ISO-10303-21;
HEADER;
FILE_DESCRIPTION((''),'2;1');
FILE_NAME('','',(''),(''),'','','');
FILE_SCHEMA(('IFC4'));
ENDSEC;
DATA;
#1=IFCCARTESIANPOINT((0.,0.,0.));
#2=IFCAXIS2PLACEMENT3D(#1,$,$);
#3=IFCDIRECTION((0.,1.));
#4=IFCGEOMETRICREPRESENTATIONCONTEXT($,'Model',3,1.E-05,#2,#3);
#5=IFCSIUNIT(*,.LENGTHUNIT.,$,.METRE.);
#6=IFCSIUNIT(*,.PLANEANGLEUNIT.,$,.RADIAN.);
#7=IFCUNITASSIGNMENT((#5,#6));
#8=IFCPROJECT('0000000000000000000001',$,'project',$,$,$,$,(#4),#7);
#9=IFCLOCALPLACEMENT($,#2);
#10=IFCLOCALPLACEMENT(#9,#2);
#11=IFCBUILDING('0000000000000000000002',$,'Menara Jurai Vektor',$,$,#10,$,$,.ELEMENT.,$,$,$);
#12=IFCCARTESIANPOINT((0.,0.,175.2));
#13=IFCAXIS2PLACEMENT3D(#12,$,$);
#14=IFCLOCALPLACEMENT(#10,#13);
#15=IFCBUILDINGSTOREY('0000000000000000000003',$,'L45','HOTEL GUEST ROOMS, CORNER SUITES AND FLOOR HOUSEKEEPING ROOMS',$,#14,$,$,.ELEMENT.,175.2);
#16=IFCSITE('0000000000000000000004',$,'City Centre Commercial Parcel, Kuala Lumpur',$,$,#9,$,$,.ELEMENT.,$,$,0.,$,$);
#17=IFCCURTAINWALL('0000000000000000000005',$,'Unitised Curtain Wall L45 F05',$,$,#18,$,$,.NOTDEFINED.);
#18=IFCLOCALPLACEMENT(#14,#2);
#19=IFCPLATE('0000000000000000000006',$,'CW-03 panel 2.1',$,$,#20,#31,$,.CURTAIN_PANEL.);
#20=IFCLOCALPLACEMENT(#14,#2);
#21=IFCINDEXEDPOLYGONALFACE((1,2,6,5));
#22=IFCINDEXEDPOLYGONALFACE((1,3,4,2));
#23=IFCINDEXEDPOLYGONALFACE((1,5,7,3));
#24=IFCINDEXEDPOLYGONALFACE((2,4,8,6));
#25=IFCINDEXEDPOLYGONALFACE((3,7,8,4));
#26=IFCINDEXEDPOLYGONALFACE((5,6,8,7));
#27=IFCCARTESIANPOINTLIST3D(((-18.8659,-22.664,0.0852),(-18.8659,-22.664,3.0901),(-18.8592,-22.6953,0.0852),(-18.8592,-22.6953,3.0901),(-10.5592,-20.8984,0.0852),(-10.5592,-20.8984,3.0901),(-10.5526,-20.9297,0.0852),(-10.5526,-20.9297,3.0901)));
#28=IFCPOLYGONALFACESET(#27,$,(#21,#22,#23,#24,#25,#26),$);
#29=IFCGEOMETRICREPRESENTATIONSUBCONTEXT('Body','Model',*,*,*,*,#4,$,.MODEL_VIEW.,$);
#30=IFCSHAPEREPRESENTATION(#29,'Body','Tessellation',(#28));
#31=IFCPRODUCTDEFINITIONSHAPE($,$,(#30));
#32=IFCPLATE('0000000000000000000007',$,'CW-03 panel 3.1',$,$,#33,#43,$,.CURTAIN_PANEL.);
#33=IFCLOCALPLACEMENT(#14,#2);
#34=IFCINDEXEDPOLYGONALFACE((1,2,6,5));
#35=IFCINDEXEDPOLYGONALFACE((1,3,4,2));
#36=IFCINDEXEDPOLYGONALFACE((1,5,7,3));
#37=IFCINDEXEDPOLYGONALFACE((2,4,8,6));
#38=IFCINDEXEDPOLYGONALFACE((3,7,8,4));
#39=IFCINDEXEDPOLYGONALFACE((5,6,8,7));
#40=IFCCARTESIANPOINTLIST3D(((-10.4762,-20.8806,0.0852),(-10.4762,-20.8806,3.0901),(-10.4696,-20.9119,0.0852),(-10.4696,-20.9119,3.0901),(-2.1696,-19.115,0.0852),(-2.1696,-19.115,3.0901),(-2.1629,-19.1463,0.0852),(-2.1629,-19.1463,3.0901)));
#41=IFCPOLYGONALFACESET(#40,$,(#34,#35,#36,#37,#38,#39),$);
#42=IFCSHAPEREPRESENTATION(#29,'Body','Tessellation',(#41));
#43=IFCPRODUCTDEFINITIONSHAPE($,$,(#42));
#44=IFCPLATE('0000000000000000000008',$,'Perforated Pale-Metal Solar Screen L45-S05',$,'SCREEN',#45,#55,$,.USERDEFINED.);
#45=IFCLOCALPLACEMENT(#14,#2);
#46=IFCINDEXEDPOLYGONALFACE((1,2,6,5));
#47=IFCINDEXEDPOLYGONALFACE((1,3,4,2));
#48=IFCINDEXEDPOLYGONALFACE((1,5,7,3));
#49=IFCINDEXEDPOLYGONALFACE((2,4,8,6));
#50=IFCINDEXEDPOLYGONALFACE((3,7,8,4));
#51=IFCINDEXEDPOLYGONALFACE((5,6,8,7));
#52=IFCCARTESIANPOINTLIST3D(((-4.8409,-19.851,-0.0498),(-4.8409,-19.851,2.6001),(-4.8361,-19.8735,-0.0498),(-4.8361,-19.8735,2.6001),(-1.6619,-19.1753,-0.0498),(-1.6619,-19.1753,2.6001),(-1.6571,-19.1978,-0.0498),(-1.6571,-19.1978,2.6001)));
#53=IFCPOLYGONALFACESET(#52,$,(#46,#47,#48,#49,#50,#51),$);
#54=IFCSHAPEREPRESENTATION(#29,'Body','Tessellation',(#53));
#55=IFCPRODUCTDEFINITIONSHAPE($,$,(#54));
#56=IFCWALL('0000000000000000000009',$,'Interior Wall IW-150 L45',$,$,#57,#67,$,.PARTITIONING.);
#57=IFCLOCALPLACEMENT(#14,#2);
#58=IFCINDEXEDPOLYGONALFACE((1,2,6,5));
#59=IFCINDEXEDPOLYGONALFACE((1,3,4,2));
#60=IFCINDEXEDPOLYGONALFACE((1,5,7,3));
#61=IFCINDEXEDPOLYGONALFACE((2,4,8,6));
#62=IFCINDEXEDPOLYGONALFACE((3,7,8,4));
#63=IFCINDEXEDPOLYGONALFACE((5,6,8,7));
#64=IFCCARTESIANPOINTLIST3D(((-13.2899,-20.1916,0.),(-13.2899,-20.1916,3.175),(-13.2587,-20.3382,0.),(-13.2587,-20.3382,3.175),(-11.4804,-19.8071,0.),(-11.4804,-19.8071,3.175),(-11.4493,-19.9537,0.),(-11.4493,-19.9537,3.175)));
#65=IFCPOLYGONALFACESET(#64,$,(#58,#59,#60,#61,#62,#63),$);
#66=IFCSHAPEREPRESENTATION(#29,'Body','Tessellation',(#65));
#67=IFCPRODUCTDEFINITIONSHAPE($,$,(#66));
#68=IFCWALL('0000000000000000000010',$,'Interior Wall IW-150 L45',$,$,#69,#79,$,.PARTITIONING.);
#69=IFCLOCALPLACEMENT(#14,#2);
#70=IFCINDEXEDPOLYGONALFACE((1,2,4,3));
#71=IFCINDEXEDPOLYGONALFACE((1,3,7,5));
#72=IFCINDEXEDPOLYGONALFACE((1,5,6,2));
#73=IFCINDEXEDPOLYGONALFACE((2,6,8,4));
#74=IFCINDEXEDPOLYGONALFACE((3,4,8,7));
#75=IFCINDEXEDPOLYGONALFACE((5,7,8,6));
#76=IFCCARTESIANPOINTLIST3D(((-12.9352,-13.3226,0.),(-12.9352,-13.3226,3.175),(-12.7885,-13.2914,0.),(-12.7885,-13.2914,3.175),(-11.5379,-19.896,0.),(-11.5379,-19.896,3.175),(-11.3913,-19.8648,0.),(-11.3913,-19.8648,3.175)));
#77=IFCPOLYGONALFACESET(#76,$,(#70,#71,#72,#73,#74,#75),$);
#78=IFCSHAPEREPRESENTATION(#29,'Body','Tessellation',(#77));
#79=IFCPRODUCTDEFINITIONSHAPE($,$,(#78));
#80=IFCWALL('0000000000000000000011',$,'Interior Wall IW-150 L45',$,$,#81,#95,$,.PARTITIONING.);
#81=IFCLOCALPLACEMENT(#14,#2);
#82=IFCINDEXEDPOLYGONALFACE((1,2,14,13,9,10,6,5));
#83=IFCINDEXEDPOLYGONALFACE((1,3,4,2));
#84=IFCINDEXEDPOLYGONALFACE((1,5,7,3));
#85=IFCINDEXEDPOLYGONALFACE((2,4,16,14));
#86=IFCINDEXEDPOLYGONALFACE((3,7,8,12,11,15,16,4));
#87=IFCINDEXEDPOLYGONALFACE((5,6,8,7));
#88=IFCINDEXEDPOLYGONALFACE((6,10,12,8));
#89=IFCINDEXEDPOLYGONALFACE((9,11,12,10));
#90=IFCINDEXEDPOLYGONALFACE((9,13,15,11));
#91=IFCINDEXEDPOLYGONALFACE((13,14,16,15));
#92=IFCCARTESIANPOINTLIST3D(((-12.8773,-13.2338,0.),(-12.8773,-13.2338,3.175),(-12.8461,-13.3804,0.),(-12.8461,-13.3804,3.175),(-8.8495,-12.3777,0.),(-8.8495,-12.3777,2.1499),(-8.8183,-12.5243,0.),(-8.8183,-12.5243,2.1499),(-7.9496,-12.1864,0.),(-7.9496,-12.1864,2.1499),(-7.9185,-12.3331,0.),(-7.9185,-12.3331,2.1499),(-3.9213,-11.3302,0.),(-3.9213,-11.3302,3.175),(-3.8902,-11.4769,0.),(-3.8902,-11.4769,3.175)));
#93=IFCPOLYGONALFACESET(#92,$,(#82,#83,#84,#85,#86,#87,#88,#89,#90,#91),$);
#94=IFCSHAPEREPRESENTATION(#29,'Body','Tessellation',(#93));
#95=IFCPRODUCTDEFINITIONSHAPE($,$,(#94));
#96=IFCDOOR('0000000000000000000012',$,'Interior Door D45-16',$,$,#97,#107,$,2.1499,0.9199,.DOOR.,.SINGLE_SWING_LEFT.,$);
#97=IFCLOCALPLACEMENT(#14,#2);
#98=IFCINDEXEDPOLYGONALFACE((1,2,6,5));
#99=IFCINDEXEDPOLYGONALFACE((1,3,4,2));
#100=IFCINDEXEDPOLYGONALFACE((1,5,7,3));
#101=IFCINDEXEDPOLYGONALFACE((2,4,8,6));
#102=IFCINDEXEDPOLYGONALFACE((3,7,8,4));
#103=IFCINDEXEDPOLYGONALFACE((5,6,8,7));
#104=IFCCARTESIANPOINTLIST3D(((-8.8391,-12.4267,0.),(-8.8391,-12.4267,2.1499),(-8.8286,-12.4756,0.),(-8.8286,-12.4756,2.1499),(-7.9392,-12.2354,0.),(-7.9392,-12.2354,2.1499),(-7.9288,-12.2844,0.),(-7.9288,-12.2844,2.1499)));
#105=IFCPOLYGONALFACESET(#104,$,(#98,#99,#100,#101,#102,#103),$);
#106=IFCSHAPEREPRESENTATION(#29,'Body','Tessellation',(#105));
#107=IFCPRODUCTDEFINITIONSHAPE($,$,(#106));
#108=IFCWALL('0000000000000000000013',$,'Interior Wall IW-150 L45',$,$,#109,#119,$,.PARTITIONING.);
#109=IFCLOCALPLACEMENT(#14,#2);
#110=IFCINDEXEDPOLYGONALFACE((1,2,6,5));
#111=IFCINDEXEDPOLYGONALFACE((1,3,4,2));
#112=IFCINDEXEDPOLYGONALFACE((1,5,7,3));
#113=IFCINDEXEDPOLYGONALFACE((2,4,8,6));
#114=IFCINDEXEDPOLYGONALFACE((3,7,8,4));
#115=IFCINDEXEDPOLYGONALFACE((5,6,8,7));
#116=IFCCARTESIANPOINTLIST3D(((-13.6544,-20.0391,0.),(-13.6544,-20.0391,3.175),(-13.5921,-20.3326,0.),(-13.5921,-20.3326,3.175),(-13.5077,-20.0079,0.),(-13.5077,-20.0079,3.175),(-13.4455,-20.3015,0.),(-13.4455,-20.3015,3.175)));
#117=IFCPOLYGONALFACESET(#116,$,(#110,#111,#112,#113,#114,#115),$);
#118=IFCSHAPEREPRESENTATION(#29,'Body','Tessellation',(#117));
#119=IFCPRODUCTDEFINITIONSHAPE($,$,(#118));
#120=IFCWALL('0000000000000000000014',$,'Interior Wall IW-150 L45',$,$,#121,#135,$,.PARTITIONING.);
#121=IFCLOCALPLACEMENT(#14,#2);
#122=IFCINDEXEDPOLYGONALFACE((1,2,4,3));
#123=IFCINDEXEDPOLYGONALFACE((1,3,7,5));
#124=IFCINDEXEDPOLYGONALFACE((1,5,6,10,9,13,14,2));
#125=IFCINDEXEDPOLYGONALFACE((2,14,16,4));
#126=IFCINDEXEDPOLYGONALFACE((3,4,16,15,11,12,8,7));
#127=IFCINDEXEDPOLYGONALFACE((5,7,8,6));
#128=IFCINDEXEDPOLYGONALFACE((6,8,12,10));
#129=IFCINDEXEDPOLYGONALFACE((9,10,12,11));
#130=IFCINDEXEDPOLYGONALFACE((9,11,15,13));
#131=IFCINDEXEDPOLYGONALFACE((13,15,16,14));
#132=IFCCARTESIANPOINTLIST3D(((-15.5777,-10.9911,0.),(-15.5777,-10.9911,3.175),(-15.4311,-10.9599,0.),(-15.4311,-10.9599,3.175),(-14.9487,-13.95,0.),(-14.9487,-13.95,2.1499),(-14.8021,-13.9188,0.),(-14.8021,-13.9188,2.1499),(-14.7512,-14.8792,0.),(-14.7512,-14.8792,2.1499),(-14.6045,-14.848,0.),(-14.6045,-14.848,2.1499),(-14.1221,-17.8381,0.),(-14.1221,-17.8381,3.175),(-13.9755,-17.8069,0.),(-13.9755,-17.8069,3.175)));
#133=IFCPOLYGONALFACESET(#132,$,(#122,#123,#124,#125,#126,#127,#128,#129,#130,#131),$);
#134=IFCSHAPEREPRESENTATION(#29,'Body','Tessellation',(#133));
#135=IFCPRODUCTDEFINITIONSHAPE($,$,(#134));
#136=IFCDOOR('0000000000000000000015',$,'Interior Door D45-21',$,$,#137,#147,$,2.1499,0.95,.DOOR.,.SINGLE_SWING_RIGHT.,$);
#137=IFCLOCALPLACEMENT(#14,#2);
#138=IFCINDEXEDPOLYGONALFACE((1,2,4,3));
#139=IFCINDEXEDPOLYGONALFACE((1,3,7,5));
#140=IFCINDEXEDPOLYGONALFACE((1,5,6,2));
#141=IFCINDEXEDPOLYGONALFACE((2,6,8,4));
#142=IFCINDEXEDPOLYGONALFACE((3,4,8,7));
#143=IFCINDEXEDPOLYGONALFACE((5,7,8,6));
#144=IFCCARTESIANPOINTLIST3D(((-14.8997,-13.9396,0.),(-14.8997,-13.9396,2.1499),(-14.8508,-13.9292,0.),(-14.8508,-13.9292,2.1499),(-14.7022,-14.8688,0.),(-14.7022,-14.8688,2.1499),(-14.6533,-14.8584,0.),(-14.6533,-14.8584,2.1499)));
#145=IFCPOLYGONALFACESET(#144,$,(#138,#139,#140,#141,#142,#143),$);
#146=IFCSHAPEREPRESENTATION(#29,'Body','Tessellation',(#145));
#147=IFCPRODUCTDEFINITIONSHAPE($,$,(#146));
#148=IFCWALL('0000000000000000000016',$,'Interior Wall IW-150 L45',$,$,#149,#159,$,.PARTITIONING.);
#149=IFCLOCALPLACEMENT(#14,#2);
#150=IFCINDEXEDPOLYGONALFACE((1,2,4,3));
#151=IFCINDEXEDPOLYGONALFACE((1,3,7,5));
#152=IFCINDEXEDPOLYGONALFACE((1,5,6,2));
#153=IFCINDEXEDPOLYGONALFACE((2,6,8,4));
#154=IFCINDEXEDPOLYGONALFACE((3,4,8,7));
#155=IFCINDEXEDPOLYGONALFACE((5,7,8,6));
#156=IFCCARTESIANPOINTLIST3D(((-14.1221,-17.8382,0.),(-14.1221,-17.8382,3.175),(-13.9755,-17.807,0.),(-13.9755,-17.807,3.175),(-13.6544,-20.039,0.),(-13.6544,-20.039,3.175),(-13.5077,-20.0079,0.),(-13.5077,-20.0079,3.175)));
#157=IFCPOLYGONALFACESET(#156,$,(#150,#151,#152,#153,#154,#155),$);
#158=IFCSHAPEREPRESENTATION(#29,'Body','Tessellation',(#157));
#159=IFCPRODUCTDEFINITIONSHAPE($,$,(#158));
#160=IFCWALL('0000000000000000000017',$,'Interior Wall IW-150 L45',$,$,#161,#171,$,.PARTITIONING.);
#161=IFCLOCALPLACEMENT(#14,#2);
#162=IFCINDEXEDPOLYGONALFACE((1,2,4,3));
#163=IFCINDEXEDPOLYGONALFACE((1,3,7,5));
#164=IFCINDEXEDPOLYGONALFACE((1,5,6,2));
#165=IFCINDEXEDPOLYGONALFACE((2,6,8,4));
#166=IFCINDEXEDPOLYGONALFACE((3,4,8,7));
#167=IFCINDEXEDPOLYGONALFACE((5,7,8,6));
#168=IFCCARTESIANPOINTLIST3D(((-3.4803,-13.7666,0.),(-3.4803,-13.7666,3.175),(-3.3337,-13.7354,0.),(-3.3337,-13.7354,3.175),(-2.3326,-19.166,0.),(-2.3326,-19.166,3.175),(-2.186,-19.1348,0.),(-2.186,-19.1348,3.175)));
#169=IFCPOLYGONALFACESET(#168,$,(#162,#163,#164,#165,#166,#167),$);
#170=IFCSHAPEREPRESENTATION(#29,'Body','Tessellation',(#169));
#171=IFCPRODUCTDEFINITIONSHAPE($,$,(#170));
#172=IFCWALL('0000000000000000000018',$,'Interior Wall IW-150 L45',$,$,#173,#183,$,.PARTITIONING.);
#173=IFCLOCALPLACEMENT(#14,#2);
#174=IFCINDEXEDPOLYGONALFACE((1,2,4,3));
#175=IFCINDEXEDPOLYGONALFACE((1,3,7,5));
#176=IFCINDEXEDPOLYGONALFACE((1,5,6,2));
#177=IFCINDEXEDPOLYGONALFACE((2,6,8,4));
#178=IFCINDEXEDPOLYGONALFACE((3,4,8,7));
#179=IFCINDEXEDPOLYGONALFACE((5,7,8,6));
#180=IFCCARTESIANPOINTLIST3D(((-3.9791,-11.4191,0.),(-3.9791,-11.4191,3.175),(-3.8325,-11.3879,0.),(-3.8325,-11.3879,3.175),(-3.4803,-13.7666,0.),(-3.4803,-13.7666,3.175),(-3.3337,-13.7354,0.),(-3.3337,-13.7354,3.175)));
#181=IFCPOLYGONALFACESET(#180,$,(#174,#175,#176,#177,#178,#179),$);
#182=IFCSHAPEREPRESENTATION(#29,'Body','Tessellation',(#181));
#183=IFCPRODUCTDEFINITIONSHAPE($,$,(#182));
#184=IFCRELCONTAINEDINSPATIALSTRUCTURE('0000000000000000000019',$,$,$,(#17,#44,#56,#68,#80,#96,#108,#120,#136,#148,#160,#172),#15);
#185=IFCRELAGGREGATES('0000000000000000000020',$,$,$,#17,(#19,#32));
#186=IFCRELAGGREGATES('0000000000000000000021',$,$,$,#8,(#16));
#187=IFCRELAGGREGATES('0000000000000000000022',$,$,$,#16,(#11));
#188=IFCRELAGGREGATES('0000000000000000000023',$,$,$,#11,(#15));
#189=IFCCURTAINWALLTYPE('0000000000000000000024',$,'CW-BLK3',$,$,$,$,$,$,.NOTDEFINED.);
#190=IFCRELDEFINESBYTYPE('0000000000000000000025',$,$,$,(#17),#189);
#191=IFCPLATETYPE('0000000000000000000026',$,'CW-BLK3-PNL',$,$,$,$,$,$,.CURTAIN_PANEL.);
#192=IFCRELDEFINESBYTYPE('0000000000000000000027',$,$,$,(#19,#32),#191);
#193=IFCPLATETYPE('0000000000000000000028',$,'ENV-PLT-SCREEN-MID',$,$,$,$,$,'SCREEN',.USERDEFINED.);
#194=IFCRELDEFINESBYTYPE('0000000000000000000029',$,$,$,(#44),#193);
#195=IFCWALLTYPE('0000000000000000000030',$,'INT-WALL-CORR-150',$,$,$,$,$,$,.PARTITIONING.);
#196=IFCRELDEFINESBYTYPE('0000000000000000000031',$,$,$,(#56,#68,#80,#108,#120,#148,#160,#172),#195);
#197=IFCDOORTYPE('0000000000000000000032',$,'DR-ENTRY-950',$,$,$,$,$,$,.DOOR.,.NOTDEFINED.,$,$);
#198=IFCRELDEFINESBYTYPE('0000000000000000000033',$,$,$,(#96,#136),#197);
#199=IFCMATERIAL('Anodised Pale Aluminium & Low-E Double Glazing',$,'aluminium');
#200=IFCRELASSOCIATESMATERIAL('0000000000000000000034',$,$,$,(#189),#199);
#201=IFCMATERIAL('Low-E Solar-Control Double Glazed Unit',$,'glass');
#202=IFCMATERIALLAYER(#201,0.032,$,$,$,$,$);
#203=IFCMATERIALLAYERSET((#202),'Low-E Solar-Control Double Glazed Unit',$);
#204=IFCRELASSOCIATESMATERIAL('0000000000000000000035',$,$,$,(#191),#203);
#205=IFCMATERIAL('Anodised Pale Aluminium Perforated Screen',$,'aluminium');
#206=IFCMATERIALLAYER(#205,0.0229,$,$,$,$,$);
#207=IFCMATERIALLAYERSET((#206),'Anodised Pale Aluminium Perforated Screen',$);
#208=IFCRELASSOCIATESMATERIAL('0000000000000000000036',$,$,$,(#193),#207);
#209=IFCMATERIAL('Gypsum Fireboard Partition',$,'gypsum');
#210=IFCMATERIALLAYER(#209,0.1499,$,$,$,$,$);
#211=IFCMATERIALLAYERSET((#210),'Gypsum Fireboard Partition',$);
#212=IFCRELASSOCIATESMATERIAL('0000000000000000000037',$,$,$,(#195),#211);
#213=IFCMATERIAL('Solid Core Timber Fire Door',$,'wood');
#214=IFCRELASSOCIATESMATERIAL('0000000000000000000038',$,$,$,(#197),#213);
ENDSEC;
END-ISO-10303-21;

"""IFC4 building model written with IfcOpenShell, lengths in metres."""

from ifc_helpers import new_model, si_unit, direction, frame, frame_2d, origin, origin_2d, place, context, subcontext, project, spatial, rectangle, extrude, material, layer, layer_set, type_object, element, fill, aggregate, save


model = new_model("IFC4")

# Units and contexts
model_context = context("Model", 3, precision=1e-05, world=origin(), true_north=direction((0.0, 1.0)))
body_context = subcontext(model_context, "Body", "Model", "MODEL_VIEW")
ifc_project = project(units=[si_unit("LENGTHUNIT", "METRE"), si_unit("PLANEANGLEUNIT", "RADIAN")], contexts=[model_context])

# Site, building, storey
site_placement = place(None, origin())
site = spatial("IfcSite", under=ifc_project, at=site_placement, Name="City Centre Commercial Parcel, Kuala Lumpur", CompositionType="ELEMENT", RefElevation=0.0)
building_placement = place(site_placement, origin())
building = spatial("IfcBuilding", under=site, at=building_placement, Name="Menara Jurai Vektor", CompositionType="ELEMENT")
storey_placement = place(building_placement, frame((0.0, 0.0, 175.2)))
storey = spatial("IfcBuildingStorey", under=building, at=storey_placement, Name="L45", Description="HOTEL GUEST ROOMS, CORNER SUITES AND FLOOR HOUSEKEEPING ROOMS", CompositionType="ELEMENT", Elevation=175.2)

# Curtain wall
ifc_material_1 = material(Name="Anodised Pale Aluminium & Low-E Double Glazing", Category="aluminium")
curtain_wall_type = type_object("IfcCurtainWallType", Name="CW-BLK3", PredefinedType="NOTDEFINED", material=ifc_material_1)
curtain_wall_placement = place(storey_placement, origin())
curtain_wall = element("IfcCurtainWall", 1, at=curtain_wall_placement, inside=storey, type_object=curtain_wall_type, Name="Unitised Curtain Wall L45 F05", PredefinedType="NOTDEFINED")

# Plates
ifc_material_2 = material(Name="Low-E Solar-Control Double Glazed Unit", Category="glass")
ifc_layer_1 = layer(ifc_material_2, 0.032)
ifc_layer_set_1 = layer_set([ifc_layer_1], Name="Low-E Solar-Control Double Glazed Unit")
plate_type_1 = type_object("IfcPlateType", Name="CW-BLK3-PNL", PredefinedType="CURTAIN_PANEL", material=ifc_layer_set_1)
plate_1_placement = place(storey_placement, frame((-14.7092, -21.7969, 0.0852), z_axis=(0.0, 0.0, 1.0), x_axis=(0.978148, 0.207911, 0.0)))
plate_1 = element("IfcPlate", 2, at=plate_1_placement, type_object=plate_type_1, Name="CW-03 panel 2.1", PredefinedType="CURTAIN_PANEL", context=body_context, shape_type="SweptSolid", body=[
    extrude(rectangle(XDim=8.4922, YDim=0.032, at=origin_2d()), origin(), (0.0, 0.0, 1.0), 3.0049),
])
plate_2_placement = place(storey_placement, frame((-6.3196, -20.0134, 0.0852), z_axis=(0.0, 0.0, 1.0), x_axis=(0.978148, 0.207911, 0.0)))
plate_2 = element("IfcPlate", 3, at=plate_2_placement, type_object=plate_type_1, Name="CW-03 panel 3.1", PredefinedType="CURTAIN_PANEL", context=body_context, shape_type="SweptSolid", body=[
    extrude(rectangle(XDim=8.4922, YDim=0.032, at=origin_2d()), origin(), (0.0, 0.0, 1.0), 3.0049),
])
aggregate(curtain_wall, [plate_1, plate_2])
ifc_material_3 = material(Name="Anodised Pale Aluminium Perforated Screen", Category="aluminium")
ifc_layer_2 = layer(ifc_material_3, 0.0229)
ifc_layer_set_2 = layer_set([ifc_layer_2], Name="Anodised Pale Aluminium Perforated Screen")
plate_type_2 = type_object("IfcPlateType", Name="ENV-PLT-SCREEN-MID", ElementType="SCREEN", PredefinedType="USERDEFINED", material=ifc_layer_set_2)
plate_3_placement = place(storey_placement, frame((-3.249, -19.5244, -0.0498), z_axis=(0.0, 0.0, 1.0), x_axis=(0.978148, 0.207912, 0.0)))
element("IfcPlate", 4, at=plate_3_placement, inside=storey, type_object=plate_type_2, Name="Perforated Pale-Metal Solar Screen L45-S05", ObjectType="SCREEN", PredefinedType="USERDEFINED", context=body_context, shape_type="SweptSolid", body=[
    extrude(rectangle(XDim=3.25, YDim=0.0229, at=origin_2d()), origin(), (0.0, 0.0, 1.0), 2.6499),
])

# Walls
ifc_material_4 = material(Name="Gypsum Fireboard Partition", Category="gypsum")
ifc_layer_3 = layer(ifc_material_4, 0.1499)
ifc_layer_set_3 = layer_set([ifc_layer_3], Name="Gypsum Fireboard Partition")
wall_type = type_object("IfcWallType", Name="INT-WALL-CORR-150", PredefinedType="PARTITIONING", material=ifc_layer_set_3)
wall_1_placement = place(storey_placement, frame((-13.2742, -20.2649, 0.0), z_axis=(0.0, 0.0, 1.0), x_axis=(0.97816, 0.207852, 0.0)))
element("IfcWall", 5, at=wall_1_placement, inside=storey, type_object=wall_type, Name="Interior Wall IW-150 L45", PredefinedType="PARTITIONING", context=body_context, shape_type="SweptSolid", body=[
    extrude(rectangle(XDim=1.8499, YDim=0.1499, at=frame_2d((0.9248, 0.0))), origin(), (0.0, 0.0, 1.0), 3.175),
])
wall_2_placement = place(storey_placement, frame((-11.4646, -19.8804, 0.0), z_axis=(0.0, 0.0, 1.0), x_axis=(-0.207916, 0.978147, 0.0)))
element("IfcWall", 6, at=wall_2_placement, inside=storey, type_object=wall_type, Name="Interior Wall IW-150 L45", PredefinedType="PARTITIONING", context=body_context, shape_type="SweptSolid", body=[
    extrude(rectangle(XDim=6.7202, YDim=0.1499, at=frame_2d((3.3601, 0.0))), origin(), (0.0, 0.0, 1.0), 3.175),
])

# Wall, opening, door
wall_3_placement = place(storey_placement, frame((-12.8618, -13.3071, 0.0), z_axis=(0.0, 0.0, 1.0), x_axis=(0.97815, 0.207901, 0.0)))
wall_3 = element("IfcWall", 7, at=wall_3_placement, inside=storey, type_object=wall_type, Name="Interior Wall IW-150 L45", PredefinedType="PARTITIONING", context=body_context, shape_type="SweptSolid", body=[
    extrude(rectangle(XDim=9.156, YDim=0.1499, at=frame_2d((4.5781, 0.0))), origin(), (0.0, 0.0, 1.0), 3.175),
])
opening_1_placement = place(wall_3_placement, frame((4.1179, 0.0, 0.0)))
opening_1 = element("IfcOpeningElement", 8, at=opening_1_placement, cuts=wall_3, PredefinedType="OPENING", context=body_context, shape_type="SweptSolid", body=[
    extrude(rectangle(XDim=0.9199, YDim=2.1499, at=frame_2d((0.46, 1.075))), frame((0.0, 0.085, 0.0), z_axis=(0.0, -1.0, 0.0), x_axis=(1.0, 0.0, 0.0)), (0.0, 0.0, 1.0), 0.1699),
])
ifc_material_5 = material(Name="Solid Core Timber Fire Door", Category="wood")
door_type_1 = type_object("IfcDoorType", Name="DR-ENTRY-950", OperationType="NOTDEFINED", PredefinedType="DOOR", material=ifc_material_5)
door_1_placement = place(opening_1_placement, origin())
door_1 = element("IfcDoor", 9, at=door_1_placement, inside=storey, type_object=door_type_1, Name="Interior Door D45-16", OperationType="SINGLE_SWING_LEFT", OverallHeight=2.1499, OverallWidth=0.9199, PredefinedType="DOOR", context=body_context, shape_type="SweptSolid", body=[
    extrude(rectangle(XDim=0.9199, YDim=2.1499, at=frame_2d((0.46, 1.075))), frame((0.0, 0.0249, 0.0), z_axis=(0.0, -1.0, 0.0), x_axis=(1.0, 0.0, 0.0)), (0.0, 0.0, 1.0), 0.05),
])
fill(opening_1, door_1)

# Wall
wall_4_placement = place(storey_placement, frame((-13.5188, -20.3169, 0.0), z_axis=(0.0, 0.0, 1.0), x_axis=(-0.207528, 0.978229, 0.0)))
element("IfcWall", 10, at=wall_4_placement, inside=storey, type_object=wall_type, Name="Interior Wall IW-150 L45", PredefinedType="PARTITIONING", context=body_context, shape_type="SweptSolid", body=[
    extrude(rectangle(XDim=0.3, YDim=0.1499, at=frame_2d((0.1499, 0.0))), origin(), (0.0, 0.0, 1.0), 3.175),
])

# Wall, opening, door
wall_5_placement = place(storey_placement, frame((-14.0488, -17.8225, 0.0), z_axis=(0.0, 0.0, 1.0), x_axis=(-0.20794, 0.978142, 0.0)))
wall_5 = element("IfcWall", 11, at=wall_5_placement, inside=storey, type_object=wall_type, Name="Interior Wall IW-150 L45", PredefinedType="PARTITIONING", context=body_context, shape_type="SweptSolid", body=[
    extrude(rectangle(XDim=7.0, YDim=0.1499, at=frame_2d((3.5, 0.0))), origin(), (0.0, 0.0, 1.0), 3.175),
])
opening_2_placement = place(wall_5_placement, frame((3.0249, 0.0, 0.0)))
opening_2 = element("IfcOpeningElement", 12, at=opening_2_placement, cuts=wall_5, PredefinedType="OPENING", context=body_context, shape_type="SweptSolid", body=[
    extrude(rectangle(XDim=0.95, YDim=2.1499, at=frame_2d((0.4751, 1.075))), frame((0.0, 0.085, 0.0), z_axis=(0.0, -1.0, 0.0), x_axis=(1.0, 0.0, 0.0)), (0.0, 0.0, 1.0), 0.1699),
])
door_2_placement = place(opening_2_placement, origin())
door_2 = element("IfcDoor", 13, at=door_2_placement, inside=storey, type_object=door_type_1, Name="Interior Door D45-21", OperationType="SINGLE_SWING_RIGHT", OverallHeight=2.1499, OverallWidth=0.95, PredefinedType="DOOR", context=body_context, shape_type="SweptSolid", body=[
    extrude(rectangle(XDim=0.95, YDim=2.1499, at=frame_2d((0.4751, 1.075))), frame((0.0, 0.0249, 0.0), z_axis=(0.0, -1.0, 0.0), x_axis=(1.0, 0.0, 0.0)), (0.0, 0.0, 1.0), 0.05),
])
fill(opening_2, door_2)

# Walls
wall_6_placement = place(storey_placement, frame((-13.5811, -20.0234, 0.0), z_axis=(0.0, 0.0, 1.0), x_axis=(-0.207891, 0.978152, 0.0)))
element("IfcWall", 14, at=wall_6_placement, inside=storey, type_object=wall_type, Name="Interior Wall IW-150 L45", PredefinedType="PARTITIONING", context=body_context, shape_type="SweptSolid", body=[
    extrude(rectangle(XDim=2.25, YDim=0.1499, at=frame_2d((1.125, 0.0))), origin(), (0.0, 0.0, 1.0), 3.175),
])
wall_7_placement = place(storey_placement, frame((-2.2593, -19.1504, 0.0), z_axis=(0.0, 0.0, 1.0), x_axis=(-0.207916, 0.978147, 0.0)))
element("IfcWall", 15, at=wall_7_placement, inside=storey, type_object=wall_type, Name="Interior Wall IW-150 L45", PredefinedType="PARTITIONING", context=body_context, shape_type="SweptSolid", body=[
    extrude(rectangle(XDim=5.52, YDim=0.1499, at=frame_2d((2.76, 0.0))), origin(), (0.0, 0.0, 1.0), 3.175),
])
wall_8_placement = place(storey_placement, frame((-3.407, -13.751, 0.0), z_axis=(0.0, 0.0, 1.0), x_axis=(-0.207841, 0.978163, 0.0)))
element("IfcWall", 16, at=wall_8_placement, inside=storey, type_object=wall_type, Name="Interior Wall IW-150 L45", PredefinedType="PARTITIONING", context=body_context, shape_type="SweptSolid", body=[
    extrude(rectangle(XDim=2.3999, YDim=0.1499, at=frame_2d((1.2, 0.0))), origin(), (0.0, 0.0, 1.0), 3.175),
])

save(model, "model.ifc")
